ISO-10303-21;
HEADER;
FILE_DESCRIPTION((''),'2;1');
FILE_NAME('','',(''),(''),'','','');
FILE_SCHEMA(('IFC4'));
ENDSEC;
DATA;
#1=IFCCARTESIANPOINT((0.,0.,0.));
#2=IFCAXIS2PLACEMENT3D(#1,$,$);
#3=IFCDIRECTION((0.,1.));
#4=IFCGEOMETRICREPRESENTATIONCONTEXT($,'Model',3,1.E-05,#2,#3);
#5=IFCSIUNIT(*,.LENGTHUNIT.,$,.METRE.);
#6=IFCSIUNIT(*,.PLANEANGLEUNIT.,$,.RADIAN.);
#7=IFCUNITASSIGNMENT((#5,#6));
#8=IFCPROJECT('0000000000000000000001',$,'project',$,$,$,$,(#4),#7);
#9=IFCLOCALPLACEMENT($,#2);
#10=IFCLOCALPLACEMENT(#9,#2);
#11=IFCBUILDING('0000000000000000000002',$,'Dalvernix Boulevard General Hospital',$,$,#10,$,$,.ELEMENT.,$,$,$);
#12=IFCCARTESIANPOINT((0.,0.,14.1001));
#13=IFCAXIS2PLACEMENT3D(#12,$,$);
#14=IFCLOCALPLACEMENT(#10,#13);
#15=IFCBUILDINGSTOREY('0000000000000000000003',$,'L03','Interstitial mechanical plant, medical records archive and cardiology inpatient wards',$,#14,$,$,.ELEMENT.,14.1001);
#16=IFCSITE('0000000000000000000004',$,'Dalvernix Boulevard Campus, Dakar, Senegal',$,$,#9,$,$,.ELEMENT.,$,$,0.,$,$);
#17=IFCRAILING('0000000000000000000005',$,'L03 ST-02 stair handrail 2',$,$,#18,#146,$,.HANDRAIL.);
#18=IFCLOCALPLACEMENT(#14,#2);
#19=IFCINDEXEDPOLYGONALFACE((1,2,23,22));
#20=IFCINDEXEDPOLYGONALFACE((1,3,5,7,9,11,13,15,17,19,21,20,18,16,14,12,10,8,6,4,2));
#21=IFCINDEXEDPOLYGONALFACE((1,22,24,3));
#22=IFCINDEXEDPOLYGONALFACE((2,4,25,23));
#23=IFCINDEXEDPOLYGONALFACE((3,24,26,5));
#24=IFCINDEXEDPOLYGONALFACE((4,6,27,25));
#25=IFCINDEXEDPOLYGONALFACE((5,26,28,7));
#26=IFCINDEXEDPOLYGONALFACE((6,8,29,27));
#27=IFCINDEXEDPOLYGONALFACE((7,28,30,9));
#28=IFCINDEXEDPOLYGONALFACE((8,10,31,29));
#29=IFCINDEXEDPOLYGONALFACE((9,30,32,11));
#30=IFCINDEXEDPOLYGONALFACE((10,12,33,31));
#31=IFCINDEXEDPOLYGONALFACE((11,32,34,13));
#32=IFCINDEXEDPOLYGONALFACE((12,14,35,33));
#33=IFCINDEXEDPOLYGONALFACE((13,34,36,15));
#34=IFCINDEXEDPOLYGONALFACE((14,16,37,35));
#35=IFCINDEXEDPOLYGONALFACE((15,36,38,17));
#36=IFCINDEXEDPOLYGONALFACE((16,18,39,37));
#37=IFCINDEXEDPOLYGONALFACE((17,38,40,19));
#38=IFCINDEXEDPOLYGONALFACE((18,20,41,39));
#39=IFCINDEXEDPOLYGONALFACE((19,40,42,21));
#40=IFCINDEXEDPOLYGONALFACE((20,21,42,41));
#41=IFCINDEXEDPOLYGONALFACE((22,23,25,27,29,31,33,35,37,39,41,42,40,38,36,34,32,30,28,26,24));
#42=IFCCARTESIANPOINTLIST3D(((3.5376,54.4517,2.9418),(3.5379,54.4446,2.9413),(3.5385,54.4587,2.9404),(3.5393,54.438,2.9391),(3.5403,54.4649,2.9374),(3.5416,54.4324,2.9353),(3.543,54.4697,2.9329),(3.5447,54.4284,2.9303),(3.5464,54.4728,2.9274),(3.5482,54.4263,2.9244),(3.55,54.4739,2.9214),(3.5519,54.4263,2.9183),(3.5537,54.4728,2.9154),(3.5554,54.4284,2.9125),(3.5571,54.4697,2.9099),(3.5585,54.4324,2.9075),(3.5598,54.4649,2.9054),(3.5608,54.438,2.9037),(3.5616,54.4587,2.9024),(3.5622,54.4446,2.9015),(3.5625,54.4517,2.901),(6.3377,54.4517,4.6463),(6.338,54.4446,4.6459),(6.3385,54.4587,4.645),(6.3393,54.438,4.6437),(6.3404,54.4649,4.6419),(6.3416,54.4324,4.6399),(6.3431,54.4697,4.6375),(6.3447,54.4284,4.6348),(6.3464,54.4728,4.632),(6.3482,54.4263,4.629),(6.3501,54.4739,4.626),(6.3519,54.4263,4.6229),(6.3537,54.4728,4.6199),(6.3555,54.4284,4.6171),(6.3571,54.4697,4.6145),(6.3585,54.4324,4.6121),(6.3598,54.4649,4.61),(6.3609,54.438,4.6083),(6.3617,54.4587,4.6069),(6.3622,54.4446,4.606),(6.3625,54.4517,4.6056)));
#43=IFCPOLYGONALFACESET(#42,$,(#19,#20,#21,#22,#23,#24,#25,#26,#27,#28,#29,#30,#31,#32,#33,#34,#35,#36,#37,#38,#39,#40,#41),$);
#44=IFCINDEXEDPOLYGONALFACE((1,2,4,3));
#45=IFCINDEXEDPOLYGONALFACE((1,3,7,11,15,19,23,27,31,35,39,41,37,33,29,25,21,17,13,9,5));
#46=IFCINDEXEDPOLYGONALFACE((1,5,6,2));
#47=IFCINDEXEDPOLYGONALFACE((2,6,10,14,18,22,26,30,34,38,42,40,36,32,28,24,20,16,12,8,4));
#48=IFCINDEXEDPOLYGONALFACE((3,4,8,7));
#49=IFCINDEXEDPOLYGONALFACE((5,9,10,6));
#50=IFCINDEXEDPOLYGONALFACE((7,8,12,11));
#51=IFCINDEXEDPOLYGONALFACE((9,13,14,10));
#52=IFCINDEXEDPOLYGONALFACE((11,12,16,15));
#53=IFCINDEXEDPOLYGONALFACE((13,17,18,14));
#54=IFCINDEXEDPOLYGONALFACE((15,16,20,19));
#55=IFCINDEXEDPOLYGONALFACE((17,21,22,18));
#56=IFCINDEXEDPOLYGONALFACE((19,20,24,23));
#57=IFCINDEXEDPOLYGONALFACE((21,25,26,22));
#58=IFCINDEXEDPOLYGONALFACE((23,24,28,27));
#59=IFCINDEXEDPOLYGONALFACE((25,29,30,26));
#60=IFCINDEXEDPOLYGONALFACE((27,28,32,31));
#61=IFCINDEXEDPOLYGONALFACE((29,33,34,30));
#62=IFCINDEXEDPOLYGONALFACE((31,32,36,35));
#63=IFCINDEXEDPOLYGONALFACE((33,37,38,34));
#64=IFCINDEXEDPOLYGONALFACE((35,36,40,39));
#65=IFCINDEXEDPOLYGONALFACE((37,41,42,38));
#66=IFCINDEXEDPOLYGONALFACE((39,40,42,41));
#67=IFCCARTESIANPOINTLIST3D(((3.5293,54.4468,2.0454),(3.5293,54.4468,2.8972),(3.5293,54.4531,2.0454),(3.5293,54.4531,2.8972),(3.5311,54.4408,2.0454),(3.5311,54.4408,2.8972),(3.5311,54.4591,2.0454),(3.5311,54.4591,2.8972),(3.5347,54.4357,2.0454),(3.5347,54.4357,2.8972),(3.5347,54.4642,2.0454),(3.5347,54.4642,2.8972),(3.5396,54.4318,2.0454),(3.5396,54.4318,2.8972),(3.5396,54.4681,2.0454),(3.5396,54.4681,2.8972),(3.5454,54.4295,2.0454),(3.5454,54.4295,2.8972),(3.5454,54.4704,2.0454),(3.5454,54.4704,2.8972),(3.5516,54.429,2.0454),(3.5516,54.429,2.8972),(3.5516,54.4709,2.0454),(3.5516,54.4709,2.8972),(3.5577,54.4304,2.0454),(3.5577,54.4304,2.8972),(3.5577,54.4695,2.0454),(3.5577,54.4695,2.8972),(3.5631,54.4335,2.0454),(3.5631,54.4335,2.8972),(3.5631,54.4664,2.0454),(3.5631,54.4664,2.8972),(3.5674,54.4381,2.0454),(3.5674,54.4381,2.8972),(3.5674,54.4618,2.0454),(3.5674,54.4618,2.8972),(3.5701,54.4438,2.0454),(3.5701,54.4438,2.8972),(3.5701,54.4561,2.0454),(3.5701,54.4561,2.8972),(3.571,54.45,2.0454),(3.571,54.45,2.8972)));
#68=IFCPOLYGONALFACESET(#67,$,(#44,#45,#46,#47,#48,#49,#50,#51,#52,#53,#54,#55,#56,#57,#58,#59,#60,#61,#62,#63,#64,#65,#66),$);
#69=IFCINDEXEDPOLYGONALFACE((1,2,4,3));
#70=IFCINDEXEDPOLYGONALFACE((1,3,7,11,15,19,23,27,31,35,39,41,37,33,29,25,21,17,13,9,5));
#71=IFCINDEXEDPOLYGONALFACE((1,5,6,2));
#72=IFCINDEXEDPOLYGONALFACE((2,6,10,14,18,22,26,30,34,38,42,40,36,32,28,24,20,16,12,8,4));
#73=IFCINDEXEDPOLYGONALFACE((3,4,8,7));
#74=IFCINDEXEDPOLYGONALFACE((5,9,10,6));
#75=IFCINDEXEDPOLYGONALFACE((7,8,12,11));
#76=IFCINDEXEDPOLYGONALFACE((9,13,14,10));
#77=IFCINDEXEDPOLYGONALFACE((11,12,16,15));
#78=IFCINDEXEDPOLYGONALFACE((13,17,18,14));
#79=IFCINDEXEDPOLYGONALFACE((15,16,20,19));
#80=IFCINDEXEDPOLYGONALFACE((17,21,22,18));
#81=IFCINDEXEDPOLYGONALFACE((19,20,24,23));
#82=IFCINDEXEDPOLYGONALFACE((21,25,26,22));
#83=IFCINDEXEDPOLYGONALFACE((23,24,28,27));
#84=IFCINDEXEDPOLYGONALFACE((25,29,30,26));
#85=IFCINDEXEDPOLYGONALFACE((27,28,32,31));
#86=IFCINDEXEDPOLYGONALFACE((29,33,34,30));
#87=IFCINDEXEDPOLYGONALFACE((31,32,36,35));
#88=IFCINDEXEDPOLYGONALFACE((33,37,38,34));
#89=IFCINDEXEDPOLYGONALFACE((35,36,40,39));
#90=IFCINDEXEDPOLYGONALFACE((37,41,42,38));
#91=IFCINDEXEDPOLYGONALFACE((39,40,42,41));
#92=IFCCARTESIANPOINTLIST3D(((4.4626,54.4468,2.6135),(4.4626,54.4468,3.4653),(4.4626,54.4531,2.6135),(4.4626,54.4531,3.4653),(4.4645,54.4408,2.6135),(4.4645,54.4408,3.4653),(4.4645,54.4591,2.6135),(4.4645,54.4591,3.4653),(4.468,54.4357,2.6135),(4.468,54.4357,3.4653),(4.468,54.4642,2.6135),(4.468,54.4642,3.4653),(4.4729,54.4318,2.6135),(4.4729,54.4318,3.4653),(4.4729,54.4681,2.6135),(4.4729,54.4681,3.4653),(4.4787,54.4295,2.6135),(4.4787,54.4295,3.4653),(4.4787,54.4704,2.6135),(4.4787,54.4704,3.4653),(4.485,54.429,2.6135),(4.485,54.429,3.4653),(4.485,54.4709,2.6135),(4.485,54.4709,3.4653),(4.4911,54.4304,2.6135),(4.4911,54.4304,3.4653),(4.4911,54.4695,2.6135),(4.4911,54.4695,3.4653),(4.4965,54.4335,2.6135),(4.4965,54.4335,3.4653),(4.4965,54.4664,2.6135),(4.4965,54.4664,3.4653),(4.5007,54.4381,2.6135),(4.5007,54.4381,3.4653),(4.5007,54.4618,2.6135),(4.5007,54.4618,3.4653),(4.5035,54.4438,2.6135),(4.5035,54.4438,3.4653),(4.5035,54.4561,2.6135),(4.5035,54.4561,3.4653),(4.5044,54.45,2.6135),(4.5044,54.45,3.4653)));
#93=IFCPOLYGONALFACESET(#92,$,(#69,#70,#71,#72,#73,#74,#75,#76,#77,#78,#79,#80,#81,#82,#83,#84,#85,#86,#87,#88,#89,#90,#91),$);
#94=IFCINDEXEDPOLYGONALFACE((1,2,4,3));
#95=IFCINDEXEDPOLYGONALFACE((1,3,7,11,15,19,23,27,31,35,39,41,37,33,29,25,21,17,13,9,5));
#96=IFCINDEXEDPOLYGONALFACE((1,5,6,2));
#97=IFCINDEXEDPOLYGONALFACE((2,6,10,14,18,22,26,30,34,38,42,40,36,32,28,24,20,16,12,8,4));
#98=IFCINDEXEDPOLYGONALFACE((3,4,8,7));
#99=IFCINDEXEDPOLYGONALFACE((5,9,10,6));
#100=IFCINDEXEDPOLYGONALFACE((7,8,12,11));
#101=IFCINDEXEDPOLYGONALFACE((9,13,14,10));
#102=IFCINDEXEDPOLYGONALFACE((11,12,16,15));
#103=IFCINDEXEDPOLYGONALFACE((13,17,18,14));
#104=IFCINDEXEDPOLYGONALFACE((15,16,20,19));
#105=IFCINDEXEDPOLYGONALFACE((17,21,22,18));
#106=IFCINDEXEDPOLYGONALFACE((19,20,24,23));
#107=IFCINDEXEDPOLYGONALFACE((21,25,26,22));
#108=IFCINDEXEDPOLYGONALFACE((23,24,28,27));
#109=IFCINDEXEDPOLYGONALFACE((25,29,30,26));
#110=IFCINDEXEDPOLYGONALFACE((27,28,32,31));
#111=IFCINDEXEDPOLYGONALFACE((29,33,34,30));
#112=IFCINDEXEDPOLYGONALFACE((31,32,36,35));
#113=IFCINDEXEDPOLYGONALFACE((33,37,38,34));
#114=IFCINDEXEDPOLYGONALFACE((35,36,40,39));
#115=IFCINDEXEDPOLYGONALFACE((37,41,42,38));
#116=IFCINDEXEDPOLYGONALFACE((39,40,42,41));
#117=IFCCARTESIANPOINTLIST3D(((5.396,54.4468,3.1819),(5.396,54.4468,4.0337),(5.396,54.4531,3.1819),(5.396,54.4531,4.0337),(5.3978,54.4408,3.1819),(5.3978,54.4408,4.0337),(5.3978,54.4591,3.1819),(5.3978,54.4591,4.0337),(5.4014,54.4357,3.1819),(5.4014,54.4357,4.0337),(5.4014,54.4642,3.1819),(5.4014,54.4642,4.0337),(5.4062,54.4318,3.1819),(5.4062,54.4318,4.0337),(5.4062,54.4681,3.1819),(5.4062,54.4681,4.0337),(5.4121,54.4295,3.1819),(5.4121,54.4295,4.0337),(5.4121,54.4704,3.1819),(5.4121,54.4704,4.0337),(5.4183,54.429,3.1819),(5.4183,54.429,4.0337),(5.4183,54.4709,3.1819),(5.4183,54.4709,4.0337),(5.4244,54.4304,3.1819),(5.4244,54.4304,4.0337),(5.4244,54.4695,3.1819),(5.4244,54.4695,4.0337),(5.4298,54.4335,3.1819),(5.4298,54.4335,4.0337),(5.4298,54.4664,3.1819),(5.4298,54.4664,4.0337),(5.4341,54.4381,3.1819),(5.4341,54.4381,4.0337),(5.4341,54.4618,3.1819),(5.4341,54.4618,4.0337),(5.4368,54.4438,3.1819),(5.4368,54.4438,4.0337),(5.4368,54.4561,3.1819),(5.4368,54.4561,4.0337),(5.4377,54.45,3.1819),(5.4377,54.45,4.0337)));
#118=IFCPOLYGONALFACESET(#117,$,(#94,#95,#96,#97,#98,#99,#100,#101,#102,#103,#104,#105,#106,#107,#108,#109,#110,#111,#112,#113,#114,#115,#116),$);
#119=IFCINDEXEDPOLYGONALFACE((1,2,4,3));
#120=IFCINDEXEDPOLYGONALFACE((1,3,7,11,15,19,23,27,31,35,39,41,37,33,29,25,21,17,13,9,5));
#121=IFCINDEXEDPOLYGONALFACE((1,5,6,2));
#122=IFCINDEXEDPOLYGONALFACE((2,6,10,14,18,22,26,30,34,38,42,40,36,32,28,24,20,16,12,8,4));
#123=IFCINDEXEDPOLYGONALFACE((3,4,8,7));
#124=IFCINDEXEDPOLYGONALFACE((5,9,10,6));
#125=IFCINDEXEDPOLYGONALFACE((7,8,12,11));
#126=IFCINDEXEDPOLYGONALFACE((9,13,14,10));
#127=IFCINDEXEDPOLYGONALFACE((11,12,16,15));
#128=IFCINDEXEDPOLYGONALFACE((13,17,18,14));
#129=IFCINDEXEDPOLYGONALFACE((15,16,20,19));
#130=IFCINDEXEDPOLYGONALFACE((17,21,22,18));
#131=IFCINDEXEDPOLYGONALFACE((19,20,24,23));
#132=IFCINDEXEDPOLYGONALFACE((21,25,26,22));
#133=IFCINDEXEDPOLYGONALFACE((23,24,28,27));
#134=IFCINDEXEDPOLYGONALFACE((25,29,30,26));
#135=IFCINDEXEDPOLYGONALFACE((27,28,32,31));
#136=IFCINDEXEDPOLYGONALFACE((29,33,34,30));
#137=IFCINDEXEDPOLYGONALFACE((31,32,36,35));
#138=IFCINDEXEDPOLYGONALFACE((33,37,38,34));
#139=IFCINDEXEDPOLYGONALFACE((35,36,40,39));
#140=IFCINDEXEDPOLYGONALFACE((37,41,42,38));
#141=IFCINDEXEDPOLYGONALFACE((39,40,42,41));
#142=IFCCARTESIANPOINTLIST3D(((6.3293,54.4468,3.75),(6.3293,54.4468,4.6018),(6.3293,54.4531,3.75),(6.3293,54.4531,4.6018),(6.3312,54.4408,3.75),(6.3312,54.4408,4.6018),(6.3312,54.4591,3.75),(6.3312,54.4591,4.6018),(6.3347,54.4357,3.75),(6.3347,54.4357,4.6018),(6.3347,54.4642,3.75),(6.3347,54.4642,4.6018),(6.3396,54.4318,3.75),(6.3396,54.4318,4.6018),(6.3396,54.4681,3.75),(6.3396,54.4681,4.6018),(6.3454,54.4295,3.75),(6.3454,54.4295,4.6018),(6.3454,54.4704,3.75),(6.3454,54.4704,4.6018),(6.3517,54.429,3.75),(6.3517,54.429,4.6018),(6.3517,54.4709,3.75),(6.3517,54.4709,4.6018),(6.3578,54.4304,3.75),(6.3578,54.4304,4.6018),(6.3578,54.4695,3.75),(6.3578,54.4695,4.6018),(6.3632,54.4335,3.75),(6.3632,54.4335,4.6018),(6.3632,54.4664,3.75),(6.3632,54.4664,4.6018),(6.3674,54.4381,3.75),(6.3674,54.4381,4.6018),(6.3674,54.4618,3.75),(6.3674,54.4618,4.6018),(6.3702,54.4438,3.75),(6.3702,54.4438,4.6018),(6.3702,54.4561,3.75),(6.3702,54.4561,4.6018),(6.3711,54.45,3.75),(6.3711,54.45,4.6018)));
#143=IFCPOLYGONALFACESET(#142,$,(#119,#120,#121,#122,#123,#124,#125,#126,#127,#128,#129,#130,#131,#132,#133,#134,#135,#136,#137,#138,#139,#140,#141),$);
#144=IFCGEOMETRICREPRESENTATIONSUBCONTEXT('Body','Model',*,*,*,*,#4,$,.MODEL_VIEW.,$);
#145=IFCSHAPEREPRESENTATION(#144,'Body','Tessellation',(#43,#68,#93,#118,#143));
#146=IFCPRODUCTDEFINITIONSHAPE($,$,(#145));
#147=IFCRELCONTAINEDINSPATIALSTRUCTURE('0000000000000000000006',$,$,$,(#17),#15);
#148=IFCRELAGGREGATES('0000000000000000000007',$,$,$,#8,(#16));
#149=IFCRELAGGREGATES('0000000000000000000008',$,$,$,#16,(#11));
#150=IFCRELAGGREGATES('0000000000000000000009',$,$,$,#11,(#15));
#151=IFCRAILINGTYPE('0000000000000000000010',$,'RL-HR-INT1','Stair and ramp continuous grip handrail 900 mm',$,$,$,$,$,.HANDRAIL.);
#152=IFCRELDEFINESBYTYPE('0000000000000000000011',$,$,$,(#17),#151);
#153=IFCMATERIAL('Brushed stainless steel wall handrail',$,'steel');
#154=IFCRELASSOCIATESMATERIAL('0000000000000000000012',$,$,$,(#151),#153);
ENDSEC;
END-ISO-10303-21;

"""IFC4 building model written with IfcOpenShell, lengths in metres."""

from ifc_helpers import new_model, si_unit, direction, frame, origin, origin_2d, place, context, subcontext, project, spatial, circle, extrude, material, type_object, element, save


model = new_model("IFC4")

# Units and contexts
model_context = context("Model", 3, precision=1e-05, world=origin(), true_north=direction((0.0, 1.0)))
body_context = subcontext(model_context, "Body", "Model", "MODEL_VIEW")
ifc_project = project(units=[si_unit("LENGTHUNIT", "METRE"), si_unit("PLANEANGLEUNIT", "RADIAN")], contexts=[model_context])

# Site, building, storey
site_placement = place(None, origin())
site = spatial("IfcSite", under=ifc_project, at=site_placement, Name="Dalvernix Boulevard Campus, Dakar, Senegal", CompositionType="ELEMENT", RefElevation=0.0)
building_placement = place(site_placement, origin())
building = spatial("IfcBuilding", under=site, at=building_placement, Name="Dalvernix Boulevard General Hospital", CompositionType="ELEMENT")
storey_placement = place(building_placement, frame((0.0, 0.0, 14.1001)))
storey = spatial("IfcBuildingStorey", under=building, at=storey_placement, Name="L03", Description="Interstitial mechanical plant, medical records archive and cardiology inpatient wards", CompositionType="ELEMENT", Elevation=14.1001)

# Railing
ifc_material_1 = material(Name="Brushed stainless steel wall handrail", Category="steel")
railing_type_1 = type_object("IfcRailingType", Name="RL-HR-INT1", Description="Stair and ramp continuous grip handrail 900 mm", PredefinedType="HANDRAIL", material=ifc_material_1)
railing_1_placement = place(storey_placement, frame((3.55, 54.45, 2.0454)))
element("IfcRailing", 1, at=railing_1_placement, inside=storey, type_object=railing_type_1, Name="L03 ST-02 stair handrail 2", PredefinedType="HANDRAIL", context=body_context, shape_type="SweptSolid", body=[
    extrude(circle(Radius=0.0239, at=origin_2d()), frame((0.0, 0.0, 0.876), z_axis=(0.85417, 0.0, 0.519994), x_axis=(0.0, 1.0, 0.0)), (0.0, 0.0, 1.0), 3.2781),
    extrude(circle(Radius=0.021, at=origin_2d()), origin(), (0.0, 0.0, 1.0), 0.8518),
    extrude(circle(Radius=0.021, at=origin_2d()), frame((0.9333, 0.0, 0.5681)), (0.0, 0.0, 1.0), 0.8518),
    extrude(circle(Radius=0.021, at=origin_2d()), frame((1.8667, 0.0, 1.1365)), (0.0, 0.0, 1.0), 0.8518),
    extrude(circle(Radius=0.021, at=origin_2d()), frame((2.8, 0.0, 1.7046)), (0.0, 0.0, 1.0), 0.8518),
])

save(model, "model.ifc")
